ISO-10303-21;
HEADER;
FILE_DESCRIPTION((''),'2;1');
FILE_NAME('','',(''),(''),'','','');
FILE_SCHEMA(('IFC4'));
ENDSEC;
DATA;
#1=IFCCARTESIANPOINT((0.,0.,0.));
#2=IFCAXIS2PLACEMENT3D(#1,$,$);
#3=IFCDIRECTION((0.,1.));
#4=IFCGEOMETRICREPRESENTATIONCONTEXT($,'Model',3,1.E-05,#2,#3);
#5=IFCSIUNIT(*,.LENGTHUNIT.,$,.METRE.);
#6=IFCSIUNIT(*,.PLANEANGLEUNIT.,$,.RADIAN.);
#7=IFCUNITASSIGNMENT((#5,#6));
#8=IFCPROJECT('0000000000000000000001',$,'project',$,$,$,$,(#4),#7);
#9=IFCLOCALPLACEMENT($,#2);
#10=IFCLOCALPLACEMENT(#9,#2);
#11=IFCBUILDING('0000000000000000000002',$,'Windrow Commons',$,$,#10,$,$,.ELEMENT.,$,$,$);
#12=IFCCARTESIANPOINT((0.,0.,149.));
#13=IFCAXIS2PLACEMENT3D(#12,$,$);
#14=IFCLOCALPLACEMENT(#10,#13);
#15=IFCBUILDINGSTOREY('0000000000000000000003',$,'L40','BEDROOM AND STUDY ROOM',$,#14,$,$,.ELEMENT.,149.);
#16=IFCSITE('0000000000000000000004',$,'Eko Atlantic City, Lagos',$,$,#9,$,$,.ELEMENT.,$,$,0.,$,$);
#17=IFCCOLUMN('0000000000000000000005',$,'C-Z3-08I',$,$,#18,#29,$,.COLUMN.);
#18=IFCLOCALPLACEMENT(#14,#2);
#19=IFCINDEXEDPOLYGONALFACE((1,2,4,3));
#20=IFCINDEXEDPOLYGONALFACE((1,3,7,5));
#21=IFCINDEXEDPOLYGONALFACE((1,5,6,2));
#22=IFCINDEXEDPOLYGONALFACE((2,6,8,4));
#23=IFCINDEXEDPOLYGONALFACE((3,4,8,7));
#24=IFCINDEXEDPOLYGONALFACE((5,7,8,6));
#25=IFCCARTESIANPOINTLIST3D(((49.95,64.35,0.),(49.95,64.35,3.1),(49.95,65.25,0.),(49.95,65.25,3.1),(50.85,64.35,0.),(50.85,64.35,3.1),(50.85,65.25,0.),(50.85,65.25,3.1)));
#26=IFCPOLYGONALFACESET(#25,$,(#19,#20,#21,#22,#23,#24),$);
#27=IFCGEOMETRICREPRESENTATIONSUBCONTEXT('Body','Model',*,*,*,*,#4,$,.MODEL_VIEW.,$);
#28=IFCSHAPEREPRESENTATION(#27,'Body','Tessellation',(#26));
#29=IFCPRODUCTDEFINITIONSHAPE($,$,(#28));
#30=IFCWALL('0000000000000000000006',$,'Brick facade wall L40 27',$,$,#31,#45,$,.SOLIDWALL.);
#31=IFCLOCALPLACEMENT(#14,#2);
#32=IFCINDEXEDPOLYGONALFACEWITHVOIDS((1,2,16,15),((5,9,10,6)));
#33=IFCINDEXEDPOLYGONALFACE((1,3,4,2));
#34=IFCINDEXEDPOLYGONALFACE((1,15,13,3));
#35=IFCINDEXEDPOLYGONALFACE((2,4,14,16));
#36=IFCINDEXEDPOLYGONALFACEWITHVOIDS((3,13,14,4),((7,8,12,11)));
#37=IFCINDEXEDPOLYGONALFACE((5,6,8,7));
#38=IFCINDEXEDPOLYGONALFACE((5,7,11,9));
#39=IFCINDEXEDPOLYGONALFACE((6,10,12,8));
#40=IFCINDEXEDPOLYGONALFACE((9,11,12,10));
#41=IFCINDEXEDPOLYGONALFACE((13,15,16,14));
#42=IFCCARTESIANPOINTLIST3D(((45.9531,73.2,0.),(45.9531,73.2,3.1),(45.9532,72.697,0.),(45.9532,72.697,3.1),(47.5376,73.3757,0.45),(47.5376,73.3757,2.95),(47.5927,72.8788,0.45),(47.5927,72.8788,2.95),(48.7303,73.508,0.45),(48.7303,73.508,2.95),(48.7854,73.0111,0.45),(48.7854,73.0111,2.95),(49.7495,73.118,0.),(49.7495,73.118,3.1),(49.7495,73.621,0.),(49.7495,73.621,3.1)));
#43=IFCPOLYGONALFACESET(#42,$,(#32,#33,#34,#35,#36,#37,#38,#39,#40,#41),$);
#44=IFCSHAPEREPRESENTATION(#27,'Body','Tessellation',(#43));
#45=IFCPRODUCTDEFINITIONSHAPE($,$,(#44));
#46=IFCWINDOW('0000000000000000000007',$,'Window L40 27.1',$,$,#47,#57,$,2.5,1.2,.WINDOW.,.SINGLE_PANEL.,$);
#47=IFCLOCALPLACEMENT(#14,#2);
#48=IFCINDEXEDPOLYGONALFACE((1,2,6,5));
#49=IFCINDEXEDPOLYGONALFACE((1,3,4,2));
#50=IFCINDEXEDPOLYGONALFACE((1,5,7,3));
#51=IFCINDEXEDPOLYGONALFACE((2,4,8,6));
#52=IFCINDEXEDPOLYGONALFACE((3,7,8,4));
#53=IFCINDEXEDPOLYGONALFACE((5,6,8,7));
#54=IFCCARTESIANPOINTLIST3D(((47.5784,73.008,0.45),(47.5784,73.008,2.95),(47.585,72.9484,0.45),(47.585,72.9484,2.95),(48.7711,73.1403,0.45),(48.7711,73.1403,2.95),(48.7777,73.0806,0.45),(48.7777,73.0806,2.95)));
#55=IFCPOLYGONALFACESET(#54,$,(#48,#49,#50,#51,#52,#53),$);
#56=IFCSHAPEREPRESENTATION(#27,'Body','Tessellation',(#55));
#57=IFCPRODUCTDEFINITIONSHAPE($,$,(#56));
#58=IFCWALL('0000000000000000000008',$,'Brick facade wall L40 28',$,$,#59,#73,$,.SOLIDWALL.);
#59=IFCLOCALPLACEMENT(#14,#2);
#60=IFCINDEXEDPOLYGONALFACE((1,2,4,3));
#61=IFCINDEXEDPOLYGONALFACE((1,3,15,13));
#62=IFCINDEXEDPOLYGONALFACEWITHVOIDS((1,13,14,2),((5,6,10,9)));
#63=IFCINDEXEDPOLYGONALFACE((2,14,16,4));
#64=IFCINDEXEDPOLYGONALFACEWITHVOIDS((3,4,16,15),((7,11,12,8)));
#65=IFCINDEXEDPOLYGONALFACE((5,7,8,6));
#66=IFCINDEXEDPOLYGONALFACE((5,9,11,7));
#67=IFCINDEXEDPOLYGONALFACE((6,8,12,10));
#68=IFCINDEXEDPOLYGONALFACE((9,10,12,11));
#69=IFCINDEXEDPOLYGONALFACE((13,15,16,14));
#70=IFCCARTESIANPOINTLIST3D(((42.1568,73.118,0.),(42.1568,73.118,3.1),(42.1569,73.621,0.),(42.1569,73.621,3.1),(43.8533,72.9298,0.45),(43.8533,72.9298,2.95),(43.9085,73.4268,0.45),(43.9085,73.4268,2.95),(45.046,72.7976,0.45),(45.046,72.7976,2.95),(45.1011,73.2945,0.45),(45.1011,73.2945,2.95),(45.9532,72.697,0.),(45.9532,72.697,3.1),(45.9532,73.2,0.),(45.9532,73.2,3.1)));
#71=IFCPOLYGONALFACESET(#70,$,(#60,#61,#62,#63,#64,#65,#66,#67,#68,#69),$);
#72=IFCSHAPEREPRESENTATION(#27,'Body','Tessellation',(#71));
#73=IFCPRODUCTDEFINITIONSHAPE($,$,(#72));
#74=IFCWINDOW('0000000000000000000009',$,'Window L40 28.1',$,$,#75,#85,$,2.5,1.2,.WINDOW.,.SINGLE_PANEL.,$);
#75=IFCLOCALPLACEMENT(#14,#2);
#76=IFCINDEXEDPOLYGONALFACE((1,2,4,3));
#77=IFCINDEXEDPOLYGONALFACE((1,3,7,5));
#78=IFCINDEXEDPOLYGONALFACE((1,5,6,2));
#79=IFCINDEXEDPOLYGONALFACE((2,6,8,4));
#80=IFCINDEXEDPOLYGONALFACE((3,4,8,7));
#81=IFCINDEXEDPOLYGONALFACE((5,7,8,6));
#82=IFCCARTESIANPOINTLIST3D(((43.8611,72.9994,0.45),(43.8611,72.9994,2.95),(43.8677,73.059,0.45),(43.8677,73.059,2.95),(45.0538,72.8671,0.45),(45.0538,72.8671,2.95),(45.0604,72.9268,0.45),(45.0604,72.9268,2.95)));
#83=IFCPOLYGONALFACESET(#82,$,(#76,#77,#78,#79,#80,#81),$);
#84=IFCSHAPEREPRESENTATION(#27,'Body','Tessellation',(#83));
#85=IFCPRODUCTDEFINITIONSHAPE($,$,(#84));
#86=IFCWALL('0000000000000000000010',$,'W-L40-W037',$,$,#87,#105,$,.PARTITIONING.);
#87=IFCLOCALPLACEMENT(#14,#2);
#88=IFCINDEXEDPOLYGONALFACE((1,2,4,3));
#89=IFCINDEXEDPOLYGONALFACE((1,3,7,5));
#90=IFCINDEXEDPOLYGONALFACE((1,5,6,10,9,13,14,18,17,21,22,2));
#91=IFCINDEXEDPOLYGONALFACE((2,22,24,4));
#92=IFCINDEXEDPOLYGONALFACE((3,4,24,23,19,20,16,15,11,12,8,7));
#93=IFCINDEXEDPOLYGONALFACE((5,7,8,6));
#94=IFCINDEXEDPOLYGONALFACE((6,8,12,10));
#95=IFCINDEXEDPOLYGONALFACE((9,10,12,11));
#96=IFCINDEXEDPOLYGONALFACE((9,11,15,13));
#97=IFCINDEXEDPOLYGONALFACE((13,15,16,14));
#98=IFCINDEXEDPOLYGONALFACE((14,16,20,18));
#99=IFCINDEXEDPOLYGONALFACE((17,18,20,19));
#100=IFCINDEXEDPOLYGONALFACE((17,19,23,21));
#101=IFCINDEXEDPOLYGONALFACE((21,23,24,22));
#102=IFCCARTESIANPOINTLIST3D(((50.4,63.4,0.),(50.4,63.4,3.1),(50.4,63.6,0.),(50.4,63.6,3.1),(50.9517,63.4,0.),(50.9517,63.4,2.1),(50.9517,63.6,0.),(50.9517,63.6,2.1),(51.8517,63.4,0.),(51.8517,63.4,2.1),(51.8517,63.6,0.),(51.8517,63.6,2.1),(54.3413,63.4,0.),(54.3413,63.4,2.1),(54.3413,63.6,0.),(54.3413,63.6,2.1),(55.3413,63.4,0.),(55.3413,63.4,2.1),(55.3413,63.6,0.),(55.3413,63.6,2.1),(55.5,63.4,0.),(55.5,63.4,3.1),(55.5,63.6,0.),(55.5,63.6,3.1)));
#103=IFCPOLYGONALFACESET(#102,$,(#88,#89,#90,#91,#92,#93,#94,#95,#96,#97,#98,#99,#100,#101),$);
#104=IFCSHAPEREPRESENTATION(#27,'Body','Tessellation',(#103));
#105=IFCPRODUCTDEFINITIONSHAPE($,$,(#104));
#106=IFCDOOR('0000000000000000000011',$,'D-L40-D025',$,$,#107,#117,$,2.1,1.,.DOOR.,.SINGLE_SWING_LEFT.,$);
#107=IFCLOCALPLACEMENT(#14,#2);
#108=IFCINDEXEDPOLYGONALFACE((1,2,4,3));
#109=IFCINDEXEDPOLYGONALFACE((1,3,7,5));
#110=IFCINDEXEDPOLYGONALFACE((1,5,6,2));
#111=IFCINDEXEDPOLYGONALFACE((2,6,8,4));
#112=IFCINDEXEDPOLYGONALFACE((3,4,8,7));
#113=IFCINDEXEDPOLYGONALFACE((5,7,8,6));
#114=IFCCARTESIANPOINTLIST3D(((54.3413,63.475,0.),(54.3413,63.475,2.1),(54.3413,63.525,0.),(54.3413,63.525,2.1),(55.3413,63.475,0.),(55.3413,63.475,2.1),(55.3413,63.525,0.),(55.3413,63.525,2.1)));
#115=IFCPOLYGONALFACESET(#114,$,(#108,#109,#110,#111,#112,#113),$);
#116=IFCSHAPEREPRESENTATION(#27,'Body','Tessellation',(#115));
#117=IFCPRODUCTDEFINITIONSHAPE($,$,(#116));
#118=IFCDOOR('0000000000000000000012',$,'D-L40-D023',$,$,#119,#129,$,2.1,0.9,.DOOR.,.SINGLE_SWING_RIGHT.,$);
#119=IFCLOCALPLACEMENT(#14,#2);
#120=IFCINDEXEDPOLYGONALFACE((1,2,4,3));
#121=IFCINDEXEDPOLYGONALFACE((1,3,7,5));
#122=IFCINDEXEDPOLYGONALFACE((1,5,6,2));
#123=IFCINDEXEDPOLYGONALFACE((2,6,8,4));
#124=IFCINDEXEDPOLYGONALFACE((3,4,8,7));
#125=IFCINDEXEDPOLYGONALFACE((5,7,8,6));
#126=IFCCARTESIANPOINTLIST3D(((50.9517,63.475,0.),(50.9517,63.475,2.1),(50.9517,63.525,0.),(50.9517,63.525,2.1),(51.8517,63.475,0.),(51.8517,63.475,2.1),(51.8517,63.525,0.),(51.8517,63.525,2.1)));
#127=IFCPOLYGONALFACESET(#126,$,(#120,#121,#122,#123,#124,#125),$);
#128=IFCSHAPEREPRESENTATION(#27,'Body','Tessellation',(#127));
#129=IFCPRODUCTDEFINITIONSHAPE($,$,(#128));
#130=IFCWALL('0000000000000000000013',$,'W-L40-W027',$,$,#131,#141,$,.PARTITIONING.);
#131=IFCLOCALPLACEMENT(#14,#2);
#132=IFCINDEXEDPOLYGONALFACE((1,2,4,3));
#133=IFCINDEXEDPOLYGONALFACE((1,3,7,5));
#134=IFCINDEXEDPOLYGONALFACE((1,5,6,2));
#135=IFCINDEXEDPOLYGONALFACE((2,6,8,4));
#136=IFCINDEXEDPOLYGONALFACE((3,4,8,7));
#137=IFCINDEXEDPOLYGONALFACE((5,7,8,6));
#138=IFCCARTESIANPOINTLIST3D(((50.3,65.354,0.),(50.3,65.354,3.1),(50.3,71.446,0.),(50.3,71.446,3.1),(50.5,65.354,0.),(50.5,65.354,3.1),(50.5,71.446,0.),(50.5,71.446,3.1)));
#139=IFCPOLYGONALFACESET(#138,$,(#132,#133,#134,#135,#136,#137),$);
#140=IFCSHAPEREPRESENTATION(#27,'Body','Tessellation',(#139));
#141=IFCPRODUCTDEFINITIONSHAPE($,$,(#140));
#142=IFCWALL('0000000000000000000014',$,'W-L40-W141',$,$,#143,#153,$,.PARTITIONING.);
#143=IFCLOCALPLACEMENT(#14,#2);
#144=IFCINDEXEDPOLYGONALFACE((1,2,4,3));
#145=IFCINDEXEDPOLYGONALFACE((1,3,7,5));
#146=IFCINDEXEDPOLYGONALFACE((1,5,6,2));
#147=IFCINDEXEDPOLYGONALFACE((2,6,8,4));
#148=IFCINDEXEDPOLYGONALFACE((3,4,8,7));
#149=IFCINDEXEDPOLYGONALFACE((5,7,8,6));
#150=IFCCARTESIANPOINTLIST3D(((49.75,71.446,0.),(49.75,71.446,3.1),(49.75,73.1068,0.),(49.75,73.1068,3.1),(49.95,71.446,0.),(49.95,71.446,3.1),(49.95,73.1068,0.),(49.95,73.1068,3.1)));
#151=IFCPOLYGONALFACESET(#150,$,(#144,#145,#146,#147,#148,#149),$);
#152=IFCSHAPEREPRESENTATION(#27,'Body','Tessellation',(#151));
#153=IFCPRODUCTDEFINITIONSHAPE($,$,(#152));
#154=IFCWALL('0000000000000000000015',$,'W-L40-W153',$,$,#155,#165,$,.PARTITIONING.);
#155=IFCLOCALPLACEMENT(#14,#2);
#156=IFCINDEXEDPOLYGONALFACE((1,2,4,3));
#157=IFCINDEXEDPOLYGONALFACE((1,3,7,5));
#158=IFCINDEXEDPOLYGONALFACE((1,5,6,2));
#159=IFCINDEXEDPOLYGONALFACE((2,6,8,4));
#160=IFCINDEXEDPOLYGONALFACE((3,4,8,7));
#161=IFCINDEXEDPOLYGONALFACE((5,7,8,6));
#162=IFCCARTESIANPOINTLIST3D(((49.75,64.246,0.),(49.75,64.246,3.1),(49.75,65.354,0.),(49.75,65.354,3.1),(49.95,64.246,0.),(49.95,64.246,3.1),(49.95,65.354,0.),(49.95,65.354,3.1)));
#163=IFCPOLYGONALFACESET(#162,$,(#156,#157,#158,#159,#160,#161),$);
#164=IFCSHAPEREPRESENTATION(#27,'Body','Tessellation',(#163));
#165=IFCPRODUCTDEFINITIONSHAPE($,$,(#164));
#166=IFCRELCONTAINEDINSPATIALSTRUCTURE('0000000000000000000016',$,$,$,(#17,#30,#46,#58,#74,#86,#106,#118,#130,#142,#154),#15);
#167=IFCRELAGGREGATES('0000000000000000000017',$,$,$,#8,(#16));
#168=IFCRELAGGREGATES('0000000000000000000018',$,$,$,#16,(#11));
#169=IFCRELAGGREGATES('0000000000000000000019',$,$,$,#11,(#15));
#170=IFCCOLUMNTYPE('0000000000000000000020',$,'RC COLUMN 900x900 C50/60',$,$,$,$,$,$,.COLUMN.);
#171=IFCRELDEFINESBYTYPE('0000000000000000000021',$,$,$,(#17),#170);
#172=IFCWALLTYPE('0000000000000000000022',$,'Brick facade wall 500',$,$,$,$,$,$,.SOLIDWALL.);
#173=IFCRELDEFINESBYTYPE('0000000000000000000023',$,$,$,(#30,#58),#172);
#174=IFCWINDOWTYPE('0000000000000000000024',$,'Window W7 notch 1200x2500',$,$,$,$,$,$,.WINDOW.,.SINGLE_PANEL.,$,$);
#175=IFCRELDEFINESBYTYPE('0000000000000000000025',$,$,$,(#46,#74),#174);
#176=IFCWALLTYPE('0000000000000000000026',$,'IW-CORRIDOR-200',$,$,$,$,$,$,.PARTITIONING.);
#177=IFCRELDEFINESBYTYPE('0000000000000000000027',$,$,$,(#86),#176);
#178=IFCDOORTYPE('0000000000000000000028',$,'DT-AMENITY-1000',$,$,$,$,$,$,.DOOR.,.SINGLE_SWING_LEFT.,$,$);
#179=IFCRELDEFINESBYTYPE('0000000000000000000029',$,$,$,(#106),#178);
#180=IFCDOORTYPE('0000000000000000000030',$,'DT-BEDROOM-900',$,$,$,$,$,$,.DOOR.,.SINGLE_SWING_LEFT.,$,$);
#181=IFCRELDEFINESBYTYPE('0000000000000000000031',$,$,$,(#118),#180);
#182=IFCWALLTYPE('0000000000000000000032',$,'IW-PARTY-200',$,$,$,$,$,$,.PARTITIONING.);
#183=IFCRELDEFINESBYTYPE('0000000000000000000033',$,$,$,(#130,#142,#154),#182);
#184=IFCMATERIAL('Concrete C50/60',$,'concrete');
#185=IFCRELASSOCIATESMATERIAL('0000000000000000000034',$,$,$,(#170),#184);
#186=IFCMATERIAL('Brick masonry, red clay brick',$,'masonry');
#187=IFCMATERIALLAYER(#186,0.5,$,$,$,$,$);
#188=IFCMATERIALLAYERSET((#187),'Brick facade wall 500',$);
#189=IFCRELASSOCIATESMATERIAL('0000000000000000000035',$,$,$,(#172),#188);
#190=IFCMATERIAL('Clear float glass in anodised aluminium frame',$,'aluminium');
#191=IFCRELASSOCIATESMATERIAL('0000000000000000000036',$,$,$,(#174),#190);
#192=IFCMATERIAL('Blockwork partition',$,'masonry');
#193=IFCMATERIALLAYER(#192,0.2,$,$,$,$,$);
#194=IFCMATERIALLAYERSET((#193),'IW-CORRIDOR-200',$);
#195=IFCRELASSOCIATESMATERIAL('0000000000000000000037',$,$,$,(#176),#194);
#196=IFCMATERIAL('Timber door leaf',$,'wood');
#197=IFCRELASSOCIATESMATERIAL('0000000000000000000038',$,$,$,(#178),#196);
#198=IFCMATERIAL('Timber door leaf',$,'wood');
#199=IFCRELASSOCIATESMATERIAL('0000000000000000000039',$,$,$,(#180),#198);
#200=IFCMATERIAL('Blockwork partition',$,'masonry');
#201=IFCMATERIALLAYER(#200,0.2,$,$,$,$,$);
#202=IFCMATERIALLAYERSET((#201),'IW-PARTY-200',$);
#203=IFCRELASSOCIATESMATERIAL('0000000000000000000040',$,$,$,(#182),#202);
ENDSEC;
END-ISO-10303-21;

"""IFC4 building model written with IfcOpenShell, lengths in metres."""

from ifc_helpers import new_model, si_unit, direction, frame, frame_2d, origin, origin_2d, place, context, subcontext, project, spatial, polyline, rectangle, outline, extrude, material, layer, layer_set, material_profile, profile_set, type_object, element, fill, save


model = new_model("IFC4")

# Units and contexts
model_context = context("Model", 3, precision=1e-05, world=origin(), true_north=direction((0.0, 1.0)))
body_context = subcontext(model_context, "Body", "Model", "MODEL_VIEW")
ifc_project = project(units=[si_unit("LENGTHUNIT", "METRE"), si_unit("PLANEANGLEUNIT", "RADIAN")], contexts=[model_context])

# Site, building, storey
site_placement = place(None, origin())
site = spatial("IfcSite", under=ifc_project, at=site_placement, Name="Eko Atlantic City, Lagos", CompositionType="ELEMENT", RefElevation=0.0)
building_placement = place(site_placement, origin())
building = spatial("IfcBuilding", under=site, at=building_placement, Name="Windrow Commons", CompositionType="ELEMENT")
storey_placement = place(building_placement, frame((0.0, 0.0, 149.0)))
storey = spatial("IfcBuildingStorey", under=building, at=storey_placement, Name="L40", Description="BEDROOM AND STUDY ROOM", CompositionType="ELEMENT", Elevation=149.0)

# Column
ifc_material_1 = material(Name="Concrete C50/60", Category="concrete")
ifc_material_profile = material_profile(ifc_material_1, rectangle(XDim=0.9, YDim=0.9, at=origin_2d()))
ifc_profile_set = profile_set([ifc_material_profile], Name="Concrete C50/60")
column_type = type_object("IfcColumnType", Name="RC COLUMN 900x900 C50/60", PredefinedType="COLUMN", material=ifc_profile_set)
column_placement = place(storey_placement, frame((50.4, 64.8, 0.0), z_axis=(0.0, 0.0, 1.0), x_axis=(1.0, 0.0, 0.0)))
element("IfcColumn", 1, at=column_placement, inside=storey, type_object=column_type, Name="C-Z3-08I", PredefinedType="COLUMN", context=body_context, shape_type="SweptSolid", body=[
    extrude(rectangle(XDim=0.9, YDim=0.9, at=origin_2d()), origin(), (0.0, 0.0, 1.0), 3.1),
])

# Walls, openings, windows
ifc_material_2 = material(Name="Brick masonry, red clay brick", Category="masonry")
ifc_layer_1 = layer(ifc_material_2, 0.5)
ifc_layer_set_1 = layer_set([ifc_layer_1], Name="Brick facade wall 500")
wall_type_1 = type_object("IfcWallType", Name="Brick facade wall 500", PredefinedType="SOLIDWALL", material=ifc_layer_set_1)
wall_1_placement = place(storey_placement, frame((49.7495, 73.3695, 0.0), z_axis=(0.0, 0.0, 1.0), x_axis=(-0.993907, -0.110222, 0.0)))
wall_1 = element("IfcWall", 2, at=wall_1_placement, inside=storey, type_object=wall_type_1, Name="Brick facade wall L40 27", PredefinedType="SOLIDWALL", context=body_context, shape_type="SweptSolid", body=[
    extrude(outline(polyline([(-0.0277, -0.25), (3.7919, -0.25), (3.8473, 0.25), (0.0277, 0.25), (-0.0277, -0.25)])), origin(), (0.0, 0.0, 1.0), 3.1),
])
opening_1_placement = place(wall_1_placement, frame((0.9977, 0.0, 0.45)))
opening_1 = element("IfcOpeningElement", 3, at=opening_1_placement, cuts=wall_1, PredefinedType="OPENING", context=body_context, shape_type="SweptSolid", body=[
    extrude(rectangle(XDim=1.2, YDim=2.5, at=frame_2d((0.6, 1.25))), frame((0.0, 0.26, 0.0), z_axis=(0.0, -1.0, 0.0), x_axis=(1.0, 0.0, 0.0)), (0.0, 0.0, 1.0), 0.52),
])
ifc_material_3 = material(Name="Clear float glass in anodised aluminium frame", Category="aluminium")
window_type = type_object("IfcWindowType", Name="Window W7 notch 1200x2500", PartitioningType="SINGLE_PANEL", PredefinedType="WINDOW", material=ifc_material_3)
window_1_placement = place(opening_1_placement, origin())
window_1 = element("IfcWindow", 4, at=window_1_placement, inside=storey, type_object=window_type, Name="Window L40 27.1", OverallHeight=2.5, OverallWidth=1.2, PartitioningType="SINGLE_PANEL", PredefinedType="WINDOW", context=body_context, shape_type="SweptSolid", body=[
    extrude(rectangle(XDim=1.2, YDim=2.5, at=frame_2d((0.6, 1.25))), frame((0.0, 0.18, 0.0), z_axis=(0.0, -1.0, 0.0), x_axis=(1.0, 0.0, 0.0)), (0.0, 0.0, 1.0), 0.06),
])
fill(opening_1, window_1)
wall_2_placement = place(storey_placement, frame((45.9532, 72.9485, 0.0), z_axis=(0.0, 0.0, 1.0), x_axis=(-0.993907, 0.110222, 0.0)))
wall_2 = element("IfcWall", 5, at=wall_2_placement, inside=storey, type_object=wall_type_1, Name="Brick facade wall L40 28", PredefinedType="SOLIDWALL", context=body_context, shape_type="SweptSolid", body=[
    extrude(outline(polyline([(0.0277, -0.25), (3.8473, -0.25), (3.7919, 0.25), (-0.0277, 0.25), (0.0277, -0.25)])), origin(), (0.0, 0.0, 1.0), 3.1),
])
opening_2_placement = place(wall_2_placement, frame((0.885, 0.0, 0.45)))
opening_2 = element("IfcOpeningElement", 6, at=opening_2_placement, cuts=wall_2, PredefinedType="OPENING", context=body_context, shape_type="SweptSolid", body=[
    extrude(rectangle(XDim=1.2, YDim=2.5, at=frame_2d((0.6, 1.25))), frame((0.0, 0.26, 0.0), z_axis=(0.0, -1.0, 0.0), x_axis=(1.0, 0.0, 0.0)), (0.0, 0.0, 1.0), 0.52),
])
window_2_placement = place(opening_2_placement, origin())
window_2 = element("IfcWindow", 7, at=window_2_placement, inside=storey, type_object=window_type, Name="Window L40 28.1", OverallHeight=2.5, OverallWidth=1.2, PartitioningType="SINGLE_PANEL", PredefinedType="WINDOW", context=body_context, shape_type="SweptSolid", body=[
    extrude(rectangle(XDim=1.2, YDim=2.5, at=frame_2d((0.6, 1.25))), frame((0.0, 0.18, 0.0), z_axis=(0.0, -1.0, 0.0), x_axis=(1.0, 0.0, 0.0)), (0.0, 0.0, 1.0), 0.06),
])
fill(opening_2, window_2)

# Wall, openings, doors
ifc_material_4 = material(Name="Blockwork partition", Category="masonry")
ifc_layer_2 = layer(ifc_material_4, 0.2)
ifc_layer_set_2 = layer_set([ifc_layer_2], Name="IW-CORRIDOR-200")
wall_type_2 = type_object("IfcWallType", Name="IW-CORRIDOR-200", PredefinedType="PARTITIONING", material=ifc_layer_set_2)
wall_3_placement = place(storey_placement, frame((50.4, 63.5, 0.0), z_axis=(0.0, 0.0, 1.0), x_axis=(1.0, 0.0, 0.0)))
wall_3 = element("IfcWall", 8, at=wall_3_placement, inside=storey, type_object=wall_type_2, Name="W-L40-W037", PredefinedType="PARTITIONING", context=body_context, shape_type="SweptSolid", body=[
    extrude(rectangle(XDim=5.1, YDim=0.2, at=frame_2d((2.55, 0.0))), origin(), (0.0, 0.0, 1.0), 3.1),
])
opening_3_placement = place(wall_3_placement, frame((0.5517, 0.0, 0.0)))
opening_3 = element("IfcOpeningElement", 9, at=opening_3_placement, cuts=wall_3, PredefinedType="OPENING", context=body_context, shape_type="SweptSolid", body=[
    extrude(rectangle(XDim=0.9, YDim=2.1, at=frame_2d((0.45, 1.05))), frame((0.0, 0.11, 0.0), z_axis=(0.0, -1.0, 0.0), x_axis=(1.0, 0.0, 0.0)), (0.0, 0.0, 1.0), 0.22),
])
opening_4_placement = place(wall_3_placement, frame((3.9413, 0.0, 0.0)))
opening_4 = element("IfcOpeningElement", 10, at=opening_4_placement, cuts=wall_3, PredefinedType="OPENING", context=body_context, shape_type="SweptSolid", body=[
    extrude(rectangle(XDim=1.0, YDim=2.1, at=frame_2d((0.5, 1.05))), frame((0.0, 0.11, 0.0), z_axis=(0.0, -1.0, 0.0), x_axis=(1.0, 0.0, 0.0)), (0.0, 0.0, 1.0), 0.22),
])
ifc_material_5 = material(Name="Timber door leaf", Category="wood")
door_type_1 = type_object("IfcDoorType", Name="DT-AMENITY-1000", OperationType="SINGLE_SWING_LEFT", PredefinedType="DOOR", material=ifc_material_5)
door_1_placement = place(opening_4_placement, origin())
door_1 = element("IfcDoor", 11, at=door_1_placement, inside=storey, type_object=door_type_1, Name="D-L40-D025", OperationType="SINGLE_SWING_LEFT", OverallHeight=2.1, OverallWidth=1.0, PredefinedType="DOOR", context=body_context, shape_type="SweptSolid", body=[
    extrude(rectangle(XDim=1.0, YDim=2.1, at=frame_2d((0.5, 1.05))), frame((0.0, 0.025, 0.0), z_axis=(0.0, -1.0, 0.0), x_axis=(1.0, 0.0, 0.0)), (0.0, 0.0, 1.0), 0.05),
])
fill(opening_4, door_1)
ifc_material_6 = material(Name="Timber door leaf", Category="wood")
door_type_2 = type_object("IfcDoorType", Name="DT-BEDROOM-900", OperationType="SINGLE_SWING_LEFT", PredefinedType="DOOR", material=ifc_material_6)
door_2_placement = place(opening_3_placement, origin())
door_2 = element("IfcDoor", 12, at=door_2_placement, inside=storey, type_object=door_type_2, Name="D-L40-D023", OperationType="SINGLE_SWING_RIGHT", OverallHeight=2.1, OverallWidth=0.9, PredefinedType="DOOR", context=body_context, shape_type="SweptSolid", body=[
    extrude(rectangle(XDim=0.9, YDim=2.1, at=frame_2d((0.45, 1.05))), frame((0.0, 0.025, 0.0), z_axis=(0.0, -1.0, 0.0), x_axis=(1.0, 0.0, 0.0)), (0.0, 0.0, 1.0), 0.05),
])
fill(opening_3, door_2)

# Walls
ifc_material_7 = material(Name="Blockwork partition", Category="masonry")
ifc_layer_3 = layer(ifc_material_7, 0.2)
ifc_layer_set_3 = layer_set([ifc_layer_3], Name="IW-PARTY-200")
wall_type_3 = type_object("IfcWallType", Name="IW-PARTY-200", PredefinedType="PARTITIONING", material=ifc_layer_set_3)
wall_4_placement = place(storey_placement, frame((50.4, 65.354, 0.0), z_axis=(0.0, 0.0, 1.0), x_axis=(0.0, 1.0, 0.0)))
element("IfcWall", 13, at=wall_4_placement, inside=storey, type_object=wall_type_3, Name="W-L40-W027", PredefinedType="PARTITIONING", context=body_context, shape_type="SweptSolid", body=[
    extrude(rectangle(XDim=6.092, YDim=0.2, at=frame_2d((3.046, 0.0))), origin(), (0.0, 0.0, 1.0), 3.1),
])
wall_5_placement = place(storey_placement, frame((49.85, 71.446, 0.0), z_axis=(0.0, 0.0, 1.0), x_axis=(0.0, 1.0, 0.0)))
element("IfcWall", 14, at=wall_5_placement, inside=storey, type_object=wall_type_3, Name="W-L40-W141", PredefinedType="PARTITIONING", context=body_context, shape_type="SweptSolid", body=[
    extrude(rectangle(XDim=1.6608, YDim=0.2, at=frame_2d((0.8304, 0.0))), origin(), (0.0, 0.0, 1.0), 3.1),
])
wall_6_placement = place(storey_placement, frame((49.85, 64.246, 0.0), z_axis=(0.0, 0.0, 1.0), x_axis=(0.0, 1.0, 0.0)))
element("IfcWall", 15, at=wall_6_placement, inside=storey, type_object=wall_type_3, Name="W-L40-W153", PredefinedType="PARTITIONING", context=body_context, shape_type="SweptSolid", body=[
    extrude(rectangle(XDim=1.108, YDim=0.2, at=frame_2d((0.554, 0.0))), origin(), (0.0, 0.0, 1.0), 3.1),
])

save(model, "model.ifc")
